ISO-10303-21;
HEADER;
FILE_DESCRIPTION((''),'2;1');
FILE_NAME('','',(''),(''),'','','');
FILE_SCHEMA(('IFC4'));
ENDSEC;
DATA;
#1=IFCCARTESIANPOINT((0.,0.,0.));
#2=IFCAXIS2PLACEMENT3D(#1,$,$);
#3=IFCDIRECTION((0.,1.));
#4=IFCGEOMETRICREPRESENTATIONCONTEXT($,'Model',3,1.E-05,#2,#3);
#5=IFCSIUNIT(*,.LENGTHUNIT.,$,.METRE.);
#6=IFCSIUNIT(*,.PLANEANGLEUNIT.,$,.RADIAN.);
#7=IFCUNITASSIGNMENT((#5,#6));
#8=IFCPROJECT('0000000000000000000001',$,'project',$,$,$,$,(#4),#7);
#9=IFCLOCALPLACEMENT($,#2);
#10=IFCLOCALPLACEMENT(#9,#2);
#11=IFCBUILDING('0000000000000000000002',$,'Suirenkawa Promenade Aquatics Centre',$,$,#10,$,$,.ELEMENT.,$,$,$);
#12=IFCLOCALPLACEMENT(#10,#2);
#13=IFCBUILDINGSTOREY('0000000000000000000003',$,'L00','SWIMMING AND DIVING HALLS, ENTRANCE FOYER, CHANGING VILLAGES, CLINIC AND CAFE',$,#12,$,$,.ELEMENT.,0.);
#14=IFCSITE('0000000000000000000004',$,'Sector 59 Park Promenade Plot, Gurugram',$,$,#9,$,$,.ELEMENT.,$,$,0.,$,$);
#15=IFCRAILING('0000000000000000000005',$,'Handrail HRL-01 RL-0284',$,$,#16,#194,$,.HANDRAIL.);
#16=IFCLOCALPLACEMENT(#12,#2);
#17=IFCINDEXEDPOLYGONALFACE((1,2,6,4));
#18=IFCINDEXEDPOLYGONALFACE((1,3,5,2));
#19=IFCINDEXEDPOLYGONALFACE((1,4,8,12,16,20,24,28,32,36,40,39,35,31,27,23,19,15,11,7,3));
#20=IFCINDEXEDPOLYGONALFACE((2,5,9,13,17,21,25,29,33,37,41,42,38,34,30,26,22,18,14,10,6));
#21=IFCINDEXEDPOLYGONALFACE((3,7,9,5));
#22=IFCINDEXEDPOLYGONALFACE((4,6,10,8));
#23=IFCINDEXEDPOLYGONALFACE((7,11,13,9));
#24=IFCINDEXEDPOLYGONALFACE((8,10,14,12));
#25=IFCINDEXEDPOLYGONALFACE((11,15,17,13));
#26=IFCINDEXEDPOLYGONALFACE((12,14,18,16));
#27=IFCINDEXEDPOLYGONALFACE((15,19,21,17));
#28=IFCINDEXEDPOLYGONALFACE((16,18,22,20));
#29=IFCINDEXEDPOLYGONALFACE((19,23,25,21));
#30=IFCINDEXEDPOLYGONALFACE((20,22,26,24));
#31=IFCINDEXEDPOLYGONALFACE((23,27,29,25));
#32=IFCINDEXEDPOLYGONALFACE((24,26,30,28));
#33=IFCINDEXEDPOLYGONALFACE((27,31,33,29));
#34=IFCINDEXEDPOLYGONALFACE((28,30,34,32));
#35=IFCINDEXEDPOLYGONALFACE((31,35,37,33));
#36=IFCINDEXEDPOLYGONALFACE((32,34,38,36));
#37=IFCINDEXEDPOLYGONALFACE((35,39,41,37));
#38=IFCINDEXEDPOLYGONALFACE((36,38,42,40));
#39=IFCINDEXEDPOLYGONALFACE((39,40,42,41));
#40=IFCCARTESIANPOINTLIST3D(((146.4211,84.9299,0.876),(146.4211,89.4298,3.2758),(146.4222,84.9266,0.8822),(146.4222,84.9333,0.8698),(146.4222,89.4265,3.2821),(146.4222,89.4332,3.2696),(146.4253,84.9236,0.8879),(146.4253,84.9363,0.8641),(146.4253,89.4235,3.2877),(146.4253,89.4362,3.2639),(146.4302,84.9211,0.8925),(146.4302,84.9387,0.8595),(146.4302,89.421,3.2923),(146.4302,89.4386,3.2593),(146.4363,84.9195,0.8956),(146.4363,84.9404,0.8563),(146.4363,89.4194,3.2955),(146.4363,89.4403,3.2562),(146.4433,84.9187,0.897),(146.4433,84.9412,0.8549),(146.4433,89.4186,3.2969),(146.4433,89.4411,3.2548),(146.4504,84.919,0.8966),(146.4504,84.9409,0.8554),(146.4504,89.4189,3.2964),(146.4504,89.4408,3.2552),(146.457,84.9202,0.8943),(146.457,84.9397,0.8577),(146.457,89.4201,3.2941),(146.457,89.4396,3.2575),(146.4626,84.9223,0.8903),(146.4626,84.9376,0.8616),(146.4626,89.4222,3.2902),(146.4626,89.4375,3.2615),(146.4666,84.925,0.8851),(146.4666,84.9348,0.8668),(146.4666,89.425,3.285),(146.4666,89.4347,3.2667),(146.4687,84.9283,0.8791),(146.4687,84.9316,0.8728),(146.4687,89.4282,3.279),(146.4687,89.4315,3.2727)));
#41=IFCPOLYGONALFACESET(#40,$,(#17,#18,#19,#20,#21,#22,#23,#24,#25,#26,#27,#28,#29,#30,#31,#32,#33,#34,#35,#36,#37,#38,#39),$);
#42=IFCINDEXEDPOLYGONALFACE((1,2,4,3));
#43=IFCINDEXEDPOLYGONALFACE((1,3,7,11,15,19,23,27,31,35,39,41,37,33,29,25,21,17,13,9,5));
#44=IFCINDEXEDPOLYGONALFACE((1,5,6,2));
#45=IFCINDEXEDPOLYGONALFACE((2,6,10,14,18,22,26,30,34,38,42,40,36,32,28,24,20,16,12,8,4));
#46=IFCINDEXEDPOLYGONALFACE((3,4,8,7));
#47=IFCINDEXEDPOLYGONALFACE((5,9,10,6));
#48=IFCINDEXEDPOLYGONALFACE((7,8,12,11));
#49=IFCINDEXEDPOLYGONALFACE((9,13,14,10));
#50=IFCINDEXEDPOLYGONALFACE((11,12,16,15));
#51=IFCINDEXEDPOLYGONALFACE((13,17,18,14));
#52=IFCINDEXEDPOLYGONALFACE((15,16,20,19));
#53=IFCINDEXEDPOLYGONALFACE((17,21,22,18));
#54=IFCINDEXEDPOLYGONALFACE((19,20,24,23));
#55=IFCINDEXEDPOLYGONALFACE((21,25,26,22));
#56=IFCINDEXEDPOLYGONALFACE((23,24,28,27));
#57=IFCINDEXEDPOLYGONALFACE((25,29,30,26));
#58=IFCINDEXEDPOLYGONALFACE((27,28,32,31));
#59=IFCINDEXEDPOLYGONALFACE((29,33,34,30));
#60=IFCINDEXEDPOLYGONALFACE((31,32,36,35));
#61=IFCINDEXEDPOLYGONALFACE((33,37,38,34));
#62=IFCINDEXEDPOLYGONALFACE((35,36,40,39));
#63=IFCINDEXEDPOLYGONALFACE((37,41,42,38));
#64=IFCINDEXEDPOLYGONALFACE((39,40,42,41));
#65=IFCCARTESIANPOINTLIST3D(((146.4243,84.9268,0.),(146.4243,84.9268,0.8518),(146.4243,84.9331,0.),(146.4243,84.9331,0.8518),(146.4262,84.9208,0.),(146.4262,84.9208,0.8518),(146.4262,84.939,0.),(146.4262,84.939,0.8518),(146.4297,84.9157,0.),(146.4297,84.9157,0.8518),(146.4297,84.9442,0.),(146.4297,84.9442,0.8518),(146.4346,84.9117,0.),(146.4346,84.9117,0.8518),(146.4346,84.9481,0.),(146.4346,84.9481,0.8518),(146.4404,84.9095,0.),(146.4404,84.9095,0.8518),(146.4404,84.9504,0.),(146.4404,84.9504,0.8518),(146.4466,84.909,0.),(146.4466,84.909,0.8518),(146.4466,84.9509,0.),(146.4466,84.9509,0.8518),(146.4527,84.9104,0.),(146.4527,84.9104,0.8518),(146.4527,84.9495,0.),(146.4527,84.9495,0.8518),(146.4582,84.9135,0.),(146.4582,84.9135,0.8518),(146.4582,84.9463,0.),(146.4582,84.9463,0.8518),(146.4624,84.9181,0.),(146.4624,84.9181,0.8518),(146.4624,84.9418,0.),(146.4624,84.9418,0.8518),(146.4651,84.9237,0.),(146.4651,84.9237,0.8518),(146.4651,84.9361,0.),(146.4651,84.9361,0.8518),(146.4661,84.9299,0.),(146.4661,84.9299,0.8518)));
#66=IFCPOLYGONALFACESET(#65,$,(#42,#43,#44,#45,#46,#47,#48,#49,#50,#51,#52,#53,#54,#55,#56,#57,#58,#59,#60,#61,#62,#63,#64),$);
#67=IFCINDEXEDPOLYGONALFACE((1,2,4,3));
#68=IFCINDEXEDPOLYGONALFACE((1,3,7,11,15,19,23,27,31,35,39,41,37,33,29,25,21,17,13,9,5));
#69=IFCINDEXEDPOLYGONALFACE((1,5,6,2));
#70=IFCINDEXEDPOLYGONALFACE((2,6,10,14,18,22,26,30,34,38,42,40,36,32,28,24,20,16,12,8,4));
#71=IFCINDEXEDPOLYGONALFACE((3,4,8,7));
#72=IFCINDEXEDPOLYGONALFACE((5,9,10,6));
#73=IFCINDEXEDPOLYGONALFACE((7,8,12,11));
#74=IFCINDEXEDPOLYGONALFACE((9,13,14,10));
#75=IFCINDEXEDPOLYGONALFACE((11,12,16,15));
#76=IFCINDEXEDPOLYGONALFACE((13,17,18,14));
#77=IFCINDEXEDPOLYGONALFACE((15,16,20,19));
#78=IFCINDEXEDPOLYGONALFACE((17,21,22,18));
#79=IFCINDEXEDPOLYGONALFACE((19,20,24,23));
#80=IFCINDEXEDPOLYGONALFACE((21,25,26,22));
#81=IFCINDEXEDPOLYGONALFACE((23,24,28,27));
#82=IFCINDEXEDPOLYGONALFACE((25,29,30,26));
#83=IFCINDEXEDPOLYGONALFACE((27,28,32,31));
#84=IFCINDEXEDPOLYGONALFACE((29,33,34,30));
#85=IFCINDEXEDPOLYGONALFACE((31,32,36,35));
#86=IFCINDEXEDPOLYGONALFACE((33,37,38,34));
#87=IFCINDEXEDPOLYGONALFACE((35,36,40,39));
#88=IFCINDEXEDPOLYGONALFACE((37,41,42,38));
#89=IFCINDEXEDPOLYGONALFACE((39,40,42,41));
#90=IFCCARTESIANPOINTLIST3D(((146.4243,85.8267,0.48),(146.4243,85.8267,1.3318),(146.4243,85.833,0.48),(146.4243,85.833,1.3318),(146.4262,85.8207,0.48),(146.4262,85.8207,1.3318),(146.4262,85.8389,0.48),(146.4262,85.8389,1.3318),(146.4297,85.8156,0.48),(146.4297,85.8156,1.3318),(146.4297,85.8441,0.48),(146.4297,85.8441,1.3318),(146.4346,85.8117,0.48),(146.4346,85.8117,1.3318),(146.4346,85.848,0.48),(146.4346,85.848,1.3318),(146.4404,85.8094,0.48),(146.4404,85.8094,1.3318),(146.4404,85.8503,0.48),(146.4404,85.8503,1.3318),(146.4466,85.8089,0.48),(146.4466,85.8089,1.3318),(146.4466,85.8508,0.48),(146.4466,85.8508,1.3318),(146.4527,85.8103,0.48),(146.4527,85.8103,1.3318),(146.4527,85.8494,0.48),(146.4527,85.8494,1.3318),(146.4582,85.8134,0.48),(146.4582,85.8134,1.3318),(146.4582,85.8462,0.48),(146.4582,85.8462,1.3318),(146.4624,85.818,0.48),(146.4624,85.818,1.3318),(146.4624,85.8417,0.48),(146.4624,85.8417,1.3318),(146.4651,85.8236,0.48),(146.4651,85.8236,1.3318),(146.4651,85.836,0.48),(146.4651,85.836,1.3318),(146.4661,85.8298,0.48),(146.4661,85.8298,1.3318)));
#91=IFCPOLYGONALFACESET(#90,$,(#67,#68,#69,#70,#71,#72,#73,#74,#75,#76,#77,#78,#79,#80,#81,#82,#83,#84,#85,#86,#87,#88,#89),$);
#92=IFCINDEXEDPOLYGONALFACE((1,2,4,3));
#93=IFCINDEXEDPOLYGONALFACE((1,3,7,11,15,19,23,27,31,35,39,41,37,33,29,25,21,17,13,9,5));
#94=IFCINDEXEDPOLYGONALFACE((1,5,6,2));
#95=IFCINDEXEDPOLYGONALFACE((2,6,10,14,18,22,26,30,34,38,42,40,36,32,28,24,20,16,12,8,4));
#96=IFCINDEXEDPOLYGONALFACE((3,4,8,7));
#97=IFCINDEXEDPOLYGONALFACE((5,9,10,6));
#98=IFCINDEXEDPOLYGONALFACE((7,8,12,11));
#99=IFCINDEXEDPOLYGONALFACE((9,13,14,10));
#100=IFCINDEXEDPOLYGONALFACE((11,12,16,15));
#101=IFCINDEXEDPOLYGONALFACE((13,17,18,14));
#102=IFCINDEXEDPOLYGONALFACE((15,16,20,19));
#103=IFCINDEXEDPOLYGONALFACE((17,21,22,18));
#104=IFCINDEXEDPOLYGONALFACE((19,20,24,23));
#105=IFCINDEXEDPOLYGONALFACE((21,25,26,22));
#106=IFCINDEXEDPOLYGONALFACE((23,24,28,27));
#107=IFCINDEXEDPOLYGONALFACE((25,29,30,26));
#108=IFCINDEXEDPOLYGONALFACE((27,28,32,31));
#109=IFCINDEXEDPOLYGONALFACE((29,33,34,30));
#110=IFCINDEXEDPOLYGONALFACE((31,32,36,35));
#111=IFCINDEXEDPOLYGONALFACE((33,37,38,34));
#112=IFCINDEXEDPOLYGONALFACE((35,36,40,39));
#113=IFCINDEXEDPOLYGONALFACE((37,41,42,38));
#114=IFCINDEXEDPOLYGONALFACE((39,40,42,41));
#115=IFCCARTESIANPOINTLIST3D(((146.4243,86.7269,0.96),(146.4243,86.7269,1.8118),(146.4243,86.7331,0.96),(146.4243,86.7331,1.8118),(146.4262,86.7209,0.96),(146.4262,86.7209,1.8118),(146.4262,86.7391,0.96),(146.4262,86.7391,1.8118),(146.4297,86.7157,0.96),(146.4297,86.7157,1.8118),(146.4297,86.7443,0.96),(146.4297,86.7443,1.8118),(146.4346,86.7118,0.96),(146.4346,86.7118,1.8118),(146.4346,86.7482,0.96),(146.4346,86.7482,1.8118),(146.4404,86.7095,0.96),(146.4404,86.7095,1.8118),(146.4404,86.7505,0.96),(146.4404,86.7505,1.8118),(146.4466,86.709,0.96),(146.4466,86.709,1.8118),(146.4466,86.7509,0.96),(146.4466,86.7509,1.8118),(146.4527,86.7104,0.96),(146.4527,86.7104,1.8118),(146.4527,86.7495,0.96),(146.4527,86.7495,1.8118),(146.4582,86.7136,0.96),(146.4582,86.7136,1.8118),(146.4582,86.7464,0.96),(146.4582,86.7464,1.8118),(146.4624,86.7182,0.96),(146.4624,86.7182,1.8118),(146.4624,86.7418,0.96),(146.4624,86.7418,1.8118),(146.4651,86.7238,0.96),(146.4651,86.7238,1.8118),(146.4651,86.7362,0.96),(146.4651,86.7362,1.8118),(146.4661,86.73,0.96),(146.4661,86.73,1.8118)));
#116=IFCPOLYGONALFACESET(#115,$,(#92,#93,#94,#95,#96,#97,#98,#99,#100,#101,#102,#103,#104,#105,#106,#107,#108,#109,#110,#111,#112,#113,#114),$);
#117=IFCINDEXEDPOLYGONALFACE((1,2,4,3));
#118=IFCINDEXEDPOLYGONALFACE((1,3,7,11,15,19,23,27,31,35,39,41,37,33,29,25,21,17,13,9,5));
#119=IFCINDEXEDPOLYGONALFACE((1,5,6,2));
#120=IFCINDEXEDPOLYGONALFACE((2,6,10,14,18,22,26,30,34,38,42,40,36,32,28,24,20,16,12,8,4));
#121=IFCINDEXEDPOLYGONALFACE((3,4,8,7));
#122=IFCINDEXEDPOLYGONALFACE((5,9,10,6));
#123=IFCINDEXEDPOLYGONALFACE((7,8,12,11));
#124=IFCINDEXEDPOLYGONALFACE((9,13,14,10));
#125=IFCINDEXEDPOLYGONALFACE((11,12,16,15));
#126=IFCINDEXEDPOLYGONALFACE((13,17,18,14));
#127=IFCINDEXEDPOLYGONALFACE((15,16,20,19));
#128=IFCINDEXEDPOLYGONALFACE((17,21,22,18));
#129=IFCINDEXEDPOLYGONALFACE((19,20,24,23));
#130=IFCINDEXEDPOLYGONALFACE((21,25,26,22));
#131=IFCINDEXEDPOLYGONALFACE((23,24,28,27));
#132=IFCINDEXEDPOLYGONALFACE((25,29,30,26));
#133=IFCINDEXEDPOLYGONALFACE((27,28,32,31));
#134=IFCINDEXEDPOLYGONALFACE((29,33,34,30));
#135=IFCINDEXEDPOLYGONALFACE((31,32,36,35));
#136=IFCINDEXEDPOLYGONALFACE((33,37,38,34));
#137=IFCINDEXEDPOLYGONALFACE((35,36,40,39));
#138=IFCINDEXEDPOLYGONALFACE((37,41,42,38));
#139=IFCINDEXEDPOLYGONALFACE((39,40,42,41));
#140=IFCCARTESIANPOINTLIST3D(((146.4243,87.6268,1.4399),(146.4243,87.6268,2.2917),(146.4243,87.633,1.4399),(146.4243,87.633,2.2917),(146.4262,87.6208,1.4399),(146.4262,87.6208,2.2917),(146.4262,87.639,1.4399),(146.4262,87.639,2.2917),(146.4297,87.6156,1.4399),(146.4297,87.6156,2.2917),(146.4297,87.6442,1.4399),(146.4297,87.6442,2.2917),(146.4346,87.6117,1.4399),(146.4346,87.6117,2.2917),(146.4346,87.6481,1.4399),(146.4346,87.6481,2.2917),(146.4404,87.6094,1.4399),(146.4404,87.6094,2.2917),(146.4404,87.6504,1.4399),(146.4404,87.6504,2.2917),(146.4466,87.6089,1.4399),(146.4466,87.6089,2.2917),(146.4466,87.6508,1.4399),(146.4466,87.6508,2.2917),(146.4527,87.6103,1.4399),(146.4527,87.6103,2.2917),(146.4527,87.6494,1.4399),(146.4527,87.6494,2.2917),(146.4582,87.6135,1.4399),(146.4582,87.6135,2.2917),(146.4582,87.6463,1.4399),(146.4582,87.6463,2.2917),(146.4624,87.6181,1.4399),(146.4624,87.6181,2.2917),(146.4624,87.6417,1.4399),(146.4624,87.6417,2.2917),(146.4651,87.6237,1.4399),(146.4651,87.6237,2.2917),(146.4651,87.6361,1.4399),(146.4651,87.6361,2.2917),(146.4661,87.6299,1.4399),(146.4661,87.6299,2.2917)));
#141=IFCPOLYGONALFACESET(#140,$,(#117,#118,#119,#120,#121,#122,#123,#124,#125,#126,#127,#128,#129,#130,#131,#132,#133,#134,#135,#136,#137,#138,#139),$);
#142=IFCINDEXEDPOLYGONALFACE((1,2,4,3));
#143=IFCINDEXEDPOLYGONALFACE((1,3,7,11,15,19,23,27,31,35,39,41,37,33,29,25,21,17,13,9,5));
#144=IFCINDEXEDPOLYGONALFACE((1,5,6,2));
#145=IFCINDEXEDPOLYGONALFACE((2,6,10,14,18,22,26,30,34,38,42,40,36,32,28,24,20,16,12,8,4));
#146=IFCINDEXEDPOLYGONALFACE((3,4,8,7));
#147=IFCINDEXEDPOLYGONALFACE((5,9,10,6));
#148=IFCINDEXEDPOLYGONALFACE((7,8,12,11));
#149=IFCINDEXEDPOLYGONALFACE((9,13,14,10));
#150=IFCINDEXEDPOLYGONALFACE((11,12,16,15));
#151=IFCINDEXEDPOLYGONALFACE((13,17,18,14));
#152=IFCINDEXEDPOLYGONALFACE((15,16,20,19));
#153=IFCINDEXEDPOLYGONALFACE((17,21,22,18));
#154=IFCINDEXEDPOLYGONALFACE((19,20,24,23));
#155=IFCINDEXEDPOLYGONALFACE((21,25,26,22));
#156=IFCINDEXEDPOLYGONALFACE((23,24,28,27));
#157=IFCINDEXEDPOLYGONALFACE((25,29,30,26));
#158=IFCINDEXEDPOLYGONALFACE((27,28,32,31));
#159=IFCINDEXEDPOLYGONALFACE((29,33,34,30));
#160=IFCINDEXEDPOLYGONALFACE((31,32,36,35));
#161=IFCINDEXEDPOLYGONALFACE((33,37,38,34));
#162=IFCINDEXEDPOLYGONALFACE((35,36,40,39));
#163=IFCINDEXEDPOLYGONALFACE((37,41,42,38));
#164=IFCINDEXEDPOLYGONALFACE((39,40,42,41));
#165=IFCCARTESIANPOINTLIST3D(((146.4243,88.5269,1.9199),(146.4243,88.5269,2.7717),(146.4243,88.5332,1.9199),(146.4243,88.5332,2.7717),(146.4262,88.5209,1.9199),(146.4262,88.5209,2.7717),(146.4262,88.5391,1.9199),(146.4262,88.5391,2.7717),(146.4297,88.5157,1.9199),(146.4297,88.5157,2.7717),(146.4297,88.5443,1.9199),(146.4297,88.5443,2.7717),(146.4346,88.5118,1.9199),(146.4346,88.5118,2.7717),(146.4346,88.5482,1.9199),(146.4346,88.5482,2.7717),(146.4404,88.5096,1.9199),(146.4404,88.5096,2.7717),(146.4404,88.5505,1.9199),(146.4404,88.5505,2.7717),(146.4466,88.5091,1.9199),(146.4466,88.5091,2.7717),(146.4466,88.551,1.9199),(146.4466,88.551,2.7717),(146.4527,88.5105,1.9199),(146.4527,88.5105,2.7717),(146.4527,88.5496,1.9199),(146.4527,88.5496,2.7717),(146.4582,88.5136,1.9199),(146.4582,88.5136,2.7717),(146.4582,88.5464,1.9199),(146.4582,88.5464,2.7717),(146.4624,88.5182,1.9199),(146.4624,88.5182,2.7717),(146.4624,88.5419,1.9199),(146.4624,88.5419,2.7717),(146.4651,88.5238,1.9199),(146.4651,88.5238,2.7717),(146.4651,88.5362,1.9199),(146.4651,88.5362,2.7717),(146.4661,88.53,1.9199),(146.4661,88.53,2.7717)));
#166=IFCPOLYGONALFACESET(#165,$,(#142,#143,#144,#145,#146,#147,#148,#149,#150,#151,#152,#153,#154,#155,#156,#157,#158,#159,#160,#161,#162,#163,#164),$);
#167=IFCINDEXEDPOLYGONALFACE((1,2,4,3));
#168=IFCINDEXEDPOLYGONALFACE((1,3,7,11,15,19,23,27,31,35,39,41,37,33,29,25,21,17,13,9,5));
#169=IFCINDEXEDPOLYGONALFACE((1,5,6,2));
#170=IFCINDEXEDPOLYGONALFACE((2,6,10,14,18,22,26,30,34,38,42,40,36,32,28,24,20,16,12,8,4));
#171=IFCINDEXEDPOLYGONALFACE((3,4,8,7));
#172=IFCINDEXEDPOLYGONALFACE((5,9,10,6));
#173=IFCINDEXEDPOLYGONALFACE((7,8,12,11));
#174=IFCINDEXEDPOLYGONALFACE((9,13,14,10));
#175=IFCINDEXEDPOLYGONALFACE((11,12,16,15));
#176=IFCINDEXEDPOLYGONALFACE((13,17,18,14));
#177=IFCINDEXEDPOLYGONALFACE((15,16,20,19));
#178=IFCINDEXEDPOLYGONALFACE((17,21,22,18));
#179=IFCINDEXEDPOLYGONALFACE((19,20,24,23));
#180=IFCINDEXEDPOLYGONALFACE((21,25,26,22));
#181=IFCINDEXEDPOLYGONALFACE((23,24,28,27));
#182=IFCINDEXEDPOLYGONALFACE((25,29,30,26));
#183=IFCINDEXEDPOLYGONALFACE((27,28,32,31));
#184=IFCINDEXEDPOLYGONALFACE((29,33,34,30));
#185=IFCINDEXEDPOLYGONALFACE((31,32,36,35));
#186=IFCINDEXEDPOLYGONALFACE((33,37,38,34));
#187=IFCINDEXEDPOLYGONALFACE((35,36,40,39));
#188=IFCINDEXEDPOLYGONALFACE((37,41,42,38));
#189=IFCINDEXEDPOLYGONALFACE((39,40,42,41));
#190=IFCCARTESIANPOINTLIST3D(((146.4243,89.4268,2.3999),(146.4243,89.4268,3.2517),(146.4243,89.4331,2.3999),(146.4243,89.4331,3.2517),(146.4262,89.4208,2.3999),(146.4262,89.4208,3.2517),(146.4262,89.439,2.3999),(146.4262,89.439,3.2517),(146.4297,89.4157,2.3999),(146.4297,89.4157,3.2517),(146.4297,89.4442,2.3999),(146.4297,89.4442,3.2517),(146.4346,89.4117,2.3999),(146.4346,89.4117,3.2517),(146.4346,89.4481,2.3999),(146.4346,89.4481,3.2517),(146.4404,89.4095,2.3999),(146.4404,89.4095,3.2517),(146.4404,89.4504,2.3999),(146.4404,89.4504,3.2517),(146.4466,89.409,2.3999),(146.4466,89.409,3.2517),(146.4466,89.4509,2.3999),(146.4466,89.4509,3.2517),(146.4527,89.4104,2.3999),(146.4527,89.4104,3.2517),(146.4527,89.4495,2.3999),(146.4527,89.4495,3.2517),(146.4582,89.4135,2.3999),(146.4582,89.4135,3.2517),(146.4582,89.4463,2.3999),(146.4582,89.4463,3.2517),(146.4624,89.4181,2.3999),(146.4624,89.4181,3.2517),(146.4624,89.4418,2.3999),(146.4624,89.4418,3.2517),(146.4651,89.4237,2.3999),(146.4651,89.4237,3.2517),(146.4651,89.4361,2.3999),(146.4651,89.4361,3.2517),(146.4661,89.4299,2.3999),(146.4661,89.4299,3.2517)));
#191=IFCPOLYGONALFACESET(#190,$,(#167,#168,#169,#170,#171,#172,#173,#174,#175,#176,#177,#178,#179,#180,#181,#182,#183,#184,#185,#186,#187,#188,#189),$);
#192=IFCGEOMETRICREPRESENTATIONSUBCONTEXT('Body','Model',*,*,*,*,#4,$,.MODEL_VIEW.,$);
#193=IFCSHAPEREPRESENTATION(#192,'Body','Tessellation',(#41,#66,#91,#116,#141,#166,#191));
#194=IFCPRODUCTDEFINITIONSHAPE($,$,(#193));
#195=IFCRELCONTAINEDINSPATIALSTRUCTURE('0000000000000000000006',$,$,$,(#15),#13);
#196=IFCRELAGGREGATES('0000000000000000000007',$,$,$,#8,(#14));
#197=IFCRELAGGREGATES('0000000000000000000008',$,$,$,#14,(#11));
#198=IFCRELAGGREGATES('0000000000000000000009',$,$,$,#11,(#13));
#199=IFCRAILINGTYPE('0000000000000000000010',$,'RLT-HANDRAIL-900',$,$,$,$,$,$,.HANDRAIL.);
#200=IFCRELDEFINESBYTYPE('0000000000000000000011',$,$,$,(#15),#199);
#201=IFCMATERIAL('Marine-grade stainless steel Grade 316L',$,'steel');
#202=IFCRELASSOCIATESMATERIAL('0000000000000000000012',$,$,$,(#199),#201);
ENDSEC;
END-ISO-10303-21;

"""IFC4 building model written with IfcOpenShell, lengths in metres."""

from ifc_helpers import new_model, si_unit, direction, frame, origin, origin_2d, place, context, subcontext, project, spatial, circle, extrude, material, type_object, element, save


model = new_model("IFC4")

# Units and contexts
model_context = context("Model", 3, precision=1e-05, world=origin(), true_north=direction((0.0, 1.0)))
body_context = subcontext(model_context, "Body", "Model", "MODEL_VIEW")
ifc_project = project(units=[si_unit("LENGTHUNIT", "METRE"), si_unit("PLANEANGLEUNIT", "RADIAN")], contexts=[model_context])

# Site, building, storey
site_placement = place(None, origin())
site = spatial("IfcSite", under=ifc_project, at=site_placement, Name="Sector 59 Park Promenade Plot, Gurugram", CompositionType="ELEMENT", RefElevation=0.0)
building_placement = place(site_placement, origin())
building = spatial("IfcBuilding", under=site, at=building_placement, Name="Suirenkawa Promenade Aquatics Centre", CompositionType="ELEMENT")
storey_placement = place(building_placement, origin())
storey = spatial("IfcBuildingStorey", under=building, at=storey_placement, Name="L00", Description="SWIMMING AND DIVING HALLS, ENTRANCE FOYER, CHANGING VILLAGES, CLINIC AND CAFE", CompositionType="ELEMENT", Elevation=0.0)

# Railing
ifc_material_1 = material(Name="Marine-grade stainless steel Grade 316L", Category="steel")
railing_type_1 = type_object("IfcRailingType", Name="RLT-HANDRAIL-900", PredefinedType="HANDRAIL", material=ifc_material_1)
for number, where, name in (
    (1, (146.4451, 84.9299, 0.0), "Handrail HRL-01 RL-0284"),
):
    element("IfcRailing", number, at=place(storey_placement, frame(where)), inside=storey, type_object=railing_type_1, Name=name, PredefinedType="HANDRAIL", context=body_context, shape_type="SweptSolid", body=[
        extrude(circle(Radius=0.0239, at=origin_2d()), frame((0.0, 0.0, 0.876), z_axis=(0.0, 0.882361, 0.470573), x_axis=(-1.0, 0.0, 0.0)), (0.0, 0.0, 1.0), 5.0999),
        extrude(circle(Radius=0.021, at=origin_2d()), origin(), (0.0, 0.0, 1.0), 0.8518),
        extrude(circle(Radius=0.021, at=origin_2d()), frame((0.0, 0.8999, 0.48)), (0.0, 0.0, 1.0), 0.8518),
        extrude(circle(Radius=0.021, at=origin_2d()), frame((0.0, 1.8, 0.96)), (0.0, 0.0, 1.0), 0.8518),
        extrude(circle(Radius=0.021, at=origin_2d()), frame((0.0, 2.7, 1.4399)), (0.0, 0.0, 1.0), 0.8518),
        extrude(circle(Radius=0.021, at=origin_2d()), frame((0.0, 3.6001, 1.9199)), (0.0, 0.0, 1.0), 0.8518),
        extrude(circle(Radius=0.021, at=origin_2d()), frame((0.0, 4.5, 2.3999)), (0.0, 0.0, 1.0), 0.8518),
    ])

save(model, "model.ifc")
